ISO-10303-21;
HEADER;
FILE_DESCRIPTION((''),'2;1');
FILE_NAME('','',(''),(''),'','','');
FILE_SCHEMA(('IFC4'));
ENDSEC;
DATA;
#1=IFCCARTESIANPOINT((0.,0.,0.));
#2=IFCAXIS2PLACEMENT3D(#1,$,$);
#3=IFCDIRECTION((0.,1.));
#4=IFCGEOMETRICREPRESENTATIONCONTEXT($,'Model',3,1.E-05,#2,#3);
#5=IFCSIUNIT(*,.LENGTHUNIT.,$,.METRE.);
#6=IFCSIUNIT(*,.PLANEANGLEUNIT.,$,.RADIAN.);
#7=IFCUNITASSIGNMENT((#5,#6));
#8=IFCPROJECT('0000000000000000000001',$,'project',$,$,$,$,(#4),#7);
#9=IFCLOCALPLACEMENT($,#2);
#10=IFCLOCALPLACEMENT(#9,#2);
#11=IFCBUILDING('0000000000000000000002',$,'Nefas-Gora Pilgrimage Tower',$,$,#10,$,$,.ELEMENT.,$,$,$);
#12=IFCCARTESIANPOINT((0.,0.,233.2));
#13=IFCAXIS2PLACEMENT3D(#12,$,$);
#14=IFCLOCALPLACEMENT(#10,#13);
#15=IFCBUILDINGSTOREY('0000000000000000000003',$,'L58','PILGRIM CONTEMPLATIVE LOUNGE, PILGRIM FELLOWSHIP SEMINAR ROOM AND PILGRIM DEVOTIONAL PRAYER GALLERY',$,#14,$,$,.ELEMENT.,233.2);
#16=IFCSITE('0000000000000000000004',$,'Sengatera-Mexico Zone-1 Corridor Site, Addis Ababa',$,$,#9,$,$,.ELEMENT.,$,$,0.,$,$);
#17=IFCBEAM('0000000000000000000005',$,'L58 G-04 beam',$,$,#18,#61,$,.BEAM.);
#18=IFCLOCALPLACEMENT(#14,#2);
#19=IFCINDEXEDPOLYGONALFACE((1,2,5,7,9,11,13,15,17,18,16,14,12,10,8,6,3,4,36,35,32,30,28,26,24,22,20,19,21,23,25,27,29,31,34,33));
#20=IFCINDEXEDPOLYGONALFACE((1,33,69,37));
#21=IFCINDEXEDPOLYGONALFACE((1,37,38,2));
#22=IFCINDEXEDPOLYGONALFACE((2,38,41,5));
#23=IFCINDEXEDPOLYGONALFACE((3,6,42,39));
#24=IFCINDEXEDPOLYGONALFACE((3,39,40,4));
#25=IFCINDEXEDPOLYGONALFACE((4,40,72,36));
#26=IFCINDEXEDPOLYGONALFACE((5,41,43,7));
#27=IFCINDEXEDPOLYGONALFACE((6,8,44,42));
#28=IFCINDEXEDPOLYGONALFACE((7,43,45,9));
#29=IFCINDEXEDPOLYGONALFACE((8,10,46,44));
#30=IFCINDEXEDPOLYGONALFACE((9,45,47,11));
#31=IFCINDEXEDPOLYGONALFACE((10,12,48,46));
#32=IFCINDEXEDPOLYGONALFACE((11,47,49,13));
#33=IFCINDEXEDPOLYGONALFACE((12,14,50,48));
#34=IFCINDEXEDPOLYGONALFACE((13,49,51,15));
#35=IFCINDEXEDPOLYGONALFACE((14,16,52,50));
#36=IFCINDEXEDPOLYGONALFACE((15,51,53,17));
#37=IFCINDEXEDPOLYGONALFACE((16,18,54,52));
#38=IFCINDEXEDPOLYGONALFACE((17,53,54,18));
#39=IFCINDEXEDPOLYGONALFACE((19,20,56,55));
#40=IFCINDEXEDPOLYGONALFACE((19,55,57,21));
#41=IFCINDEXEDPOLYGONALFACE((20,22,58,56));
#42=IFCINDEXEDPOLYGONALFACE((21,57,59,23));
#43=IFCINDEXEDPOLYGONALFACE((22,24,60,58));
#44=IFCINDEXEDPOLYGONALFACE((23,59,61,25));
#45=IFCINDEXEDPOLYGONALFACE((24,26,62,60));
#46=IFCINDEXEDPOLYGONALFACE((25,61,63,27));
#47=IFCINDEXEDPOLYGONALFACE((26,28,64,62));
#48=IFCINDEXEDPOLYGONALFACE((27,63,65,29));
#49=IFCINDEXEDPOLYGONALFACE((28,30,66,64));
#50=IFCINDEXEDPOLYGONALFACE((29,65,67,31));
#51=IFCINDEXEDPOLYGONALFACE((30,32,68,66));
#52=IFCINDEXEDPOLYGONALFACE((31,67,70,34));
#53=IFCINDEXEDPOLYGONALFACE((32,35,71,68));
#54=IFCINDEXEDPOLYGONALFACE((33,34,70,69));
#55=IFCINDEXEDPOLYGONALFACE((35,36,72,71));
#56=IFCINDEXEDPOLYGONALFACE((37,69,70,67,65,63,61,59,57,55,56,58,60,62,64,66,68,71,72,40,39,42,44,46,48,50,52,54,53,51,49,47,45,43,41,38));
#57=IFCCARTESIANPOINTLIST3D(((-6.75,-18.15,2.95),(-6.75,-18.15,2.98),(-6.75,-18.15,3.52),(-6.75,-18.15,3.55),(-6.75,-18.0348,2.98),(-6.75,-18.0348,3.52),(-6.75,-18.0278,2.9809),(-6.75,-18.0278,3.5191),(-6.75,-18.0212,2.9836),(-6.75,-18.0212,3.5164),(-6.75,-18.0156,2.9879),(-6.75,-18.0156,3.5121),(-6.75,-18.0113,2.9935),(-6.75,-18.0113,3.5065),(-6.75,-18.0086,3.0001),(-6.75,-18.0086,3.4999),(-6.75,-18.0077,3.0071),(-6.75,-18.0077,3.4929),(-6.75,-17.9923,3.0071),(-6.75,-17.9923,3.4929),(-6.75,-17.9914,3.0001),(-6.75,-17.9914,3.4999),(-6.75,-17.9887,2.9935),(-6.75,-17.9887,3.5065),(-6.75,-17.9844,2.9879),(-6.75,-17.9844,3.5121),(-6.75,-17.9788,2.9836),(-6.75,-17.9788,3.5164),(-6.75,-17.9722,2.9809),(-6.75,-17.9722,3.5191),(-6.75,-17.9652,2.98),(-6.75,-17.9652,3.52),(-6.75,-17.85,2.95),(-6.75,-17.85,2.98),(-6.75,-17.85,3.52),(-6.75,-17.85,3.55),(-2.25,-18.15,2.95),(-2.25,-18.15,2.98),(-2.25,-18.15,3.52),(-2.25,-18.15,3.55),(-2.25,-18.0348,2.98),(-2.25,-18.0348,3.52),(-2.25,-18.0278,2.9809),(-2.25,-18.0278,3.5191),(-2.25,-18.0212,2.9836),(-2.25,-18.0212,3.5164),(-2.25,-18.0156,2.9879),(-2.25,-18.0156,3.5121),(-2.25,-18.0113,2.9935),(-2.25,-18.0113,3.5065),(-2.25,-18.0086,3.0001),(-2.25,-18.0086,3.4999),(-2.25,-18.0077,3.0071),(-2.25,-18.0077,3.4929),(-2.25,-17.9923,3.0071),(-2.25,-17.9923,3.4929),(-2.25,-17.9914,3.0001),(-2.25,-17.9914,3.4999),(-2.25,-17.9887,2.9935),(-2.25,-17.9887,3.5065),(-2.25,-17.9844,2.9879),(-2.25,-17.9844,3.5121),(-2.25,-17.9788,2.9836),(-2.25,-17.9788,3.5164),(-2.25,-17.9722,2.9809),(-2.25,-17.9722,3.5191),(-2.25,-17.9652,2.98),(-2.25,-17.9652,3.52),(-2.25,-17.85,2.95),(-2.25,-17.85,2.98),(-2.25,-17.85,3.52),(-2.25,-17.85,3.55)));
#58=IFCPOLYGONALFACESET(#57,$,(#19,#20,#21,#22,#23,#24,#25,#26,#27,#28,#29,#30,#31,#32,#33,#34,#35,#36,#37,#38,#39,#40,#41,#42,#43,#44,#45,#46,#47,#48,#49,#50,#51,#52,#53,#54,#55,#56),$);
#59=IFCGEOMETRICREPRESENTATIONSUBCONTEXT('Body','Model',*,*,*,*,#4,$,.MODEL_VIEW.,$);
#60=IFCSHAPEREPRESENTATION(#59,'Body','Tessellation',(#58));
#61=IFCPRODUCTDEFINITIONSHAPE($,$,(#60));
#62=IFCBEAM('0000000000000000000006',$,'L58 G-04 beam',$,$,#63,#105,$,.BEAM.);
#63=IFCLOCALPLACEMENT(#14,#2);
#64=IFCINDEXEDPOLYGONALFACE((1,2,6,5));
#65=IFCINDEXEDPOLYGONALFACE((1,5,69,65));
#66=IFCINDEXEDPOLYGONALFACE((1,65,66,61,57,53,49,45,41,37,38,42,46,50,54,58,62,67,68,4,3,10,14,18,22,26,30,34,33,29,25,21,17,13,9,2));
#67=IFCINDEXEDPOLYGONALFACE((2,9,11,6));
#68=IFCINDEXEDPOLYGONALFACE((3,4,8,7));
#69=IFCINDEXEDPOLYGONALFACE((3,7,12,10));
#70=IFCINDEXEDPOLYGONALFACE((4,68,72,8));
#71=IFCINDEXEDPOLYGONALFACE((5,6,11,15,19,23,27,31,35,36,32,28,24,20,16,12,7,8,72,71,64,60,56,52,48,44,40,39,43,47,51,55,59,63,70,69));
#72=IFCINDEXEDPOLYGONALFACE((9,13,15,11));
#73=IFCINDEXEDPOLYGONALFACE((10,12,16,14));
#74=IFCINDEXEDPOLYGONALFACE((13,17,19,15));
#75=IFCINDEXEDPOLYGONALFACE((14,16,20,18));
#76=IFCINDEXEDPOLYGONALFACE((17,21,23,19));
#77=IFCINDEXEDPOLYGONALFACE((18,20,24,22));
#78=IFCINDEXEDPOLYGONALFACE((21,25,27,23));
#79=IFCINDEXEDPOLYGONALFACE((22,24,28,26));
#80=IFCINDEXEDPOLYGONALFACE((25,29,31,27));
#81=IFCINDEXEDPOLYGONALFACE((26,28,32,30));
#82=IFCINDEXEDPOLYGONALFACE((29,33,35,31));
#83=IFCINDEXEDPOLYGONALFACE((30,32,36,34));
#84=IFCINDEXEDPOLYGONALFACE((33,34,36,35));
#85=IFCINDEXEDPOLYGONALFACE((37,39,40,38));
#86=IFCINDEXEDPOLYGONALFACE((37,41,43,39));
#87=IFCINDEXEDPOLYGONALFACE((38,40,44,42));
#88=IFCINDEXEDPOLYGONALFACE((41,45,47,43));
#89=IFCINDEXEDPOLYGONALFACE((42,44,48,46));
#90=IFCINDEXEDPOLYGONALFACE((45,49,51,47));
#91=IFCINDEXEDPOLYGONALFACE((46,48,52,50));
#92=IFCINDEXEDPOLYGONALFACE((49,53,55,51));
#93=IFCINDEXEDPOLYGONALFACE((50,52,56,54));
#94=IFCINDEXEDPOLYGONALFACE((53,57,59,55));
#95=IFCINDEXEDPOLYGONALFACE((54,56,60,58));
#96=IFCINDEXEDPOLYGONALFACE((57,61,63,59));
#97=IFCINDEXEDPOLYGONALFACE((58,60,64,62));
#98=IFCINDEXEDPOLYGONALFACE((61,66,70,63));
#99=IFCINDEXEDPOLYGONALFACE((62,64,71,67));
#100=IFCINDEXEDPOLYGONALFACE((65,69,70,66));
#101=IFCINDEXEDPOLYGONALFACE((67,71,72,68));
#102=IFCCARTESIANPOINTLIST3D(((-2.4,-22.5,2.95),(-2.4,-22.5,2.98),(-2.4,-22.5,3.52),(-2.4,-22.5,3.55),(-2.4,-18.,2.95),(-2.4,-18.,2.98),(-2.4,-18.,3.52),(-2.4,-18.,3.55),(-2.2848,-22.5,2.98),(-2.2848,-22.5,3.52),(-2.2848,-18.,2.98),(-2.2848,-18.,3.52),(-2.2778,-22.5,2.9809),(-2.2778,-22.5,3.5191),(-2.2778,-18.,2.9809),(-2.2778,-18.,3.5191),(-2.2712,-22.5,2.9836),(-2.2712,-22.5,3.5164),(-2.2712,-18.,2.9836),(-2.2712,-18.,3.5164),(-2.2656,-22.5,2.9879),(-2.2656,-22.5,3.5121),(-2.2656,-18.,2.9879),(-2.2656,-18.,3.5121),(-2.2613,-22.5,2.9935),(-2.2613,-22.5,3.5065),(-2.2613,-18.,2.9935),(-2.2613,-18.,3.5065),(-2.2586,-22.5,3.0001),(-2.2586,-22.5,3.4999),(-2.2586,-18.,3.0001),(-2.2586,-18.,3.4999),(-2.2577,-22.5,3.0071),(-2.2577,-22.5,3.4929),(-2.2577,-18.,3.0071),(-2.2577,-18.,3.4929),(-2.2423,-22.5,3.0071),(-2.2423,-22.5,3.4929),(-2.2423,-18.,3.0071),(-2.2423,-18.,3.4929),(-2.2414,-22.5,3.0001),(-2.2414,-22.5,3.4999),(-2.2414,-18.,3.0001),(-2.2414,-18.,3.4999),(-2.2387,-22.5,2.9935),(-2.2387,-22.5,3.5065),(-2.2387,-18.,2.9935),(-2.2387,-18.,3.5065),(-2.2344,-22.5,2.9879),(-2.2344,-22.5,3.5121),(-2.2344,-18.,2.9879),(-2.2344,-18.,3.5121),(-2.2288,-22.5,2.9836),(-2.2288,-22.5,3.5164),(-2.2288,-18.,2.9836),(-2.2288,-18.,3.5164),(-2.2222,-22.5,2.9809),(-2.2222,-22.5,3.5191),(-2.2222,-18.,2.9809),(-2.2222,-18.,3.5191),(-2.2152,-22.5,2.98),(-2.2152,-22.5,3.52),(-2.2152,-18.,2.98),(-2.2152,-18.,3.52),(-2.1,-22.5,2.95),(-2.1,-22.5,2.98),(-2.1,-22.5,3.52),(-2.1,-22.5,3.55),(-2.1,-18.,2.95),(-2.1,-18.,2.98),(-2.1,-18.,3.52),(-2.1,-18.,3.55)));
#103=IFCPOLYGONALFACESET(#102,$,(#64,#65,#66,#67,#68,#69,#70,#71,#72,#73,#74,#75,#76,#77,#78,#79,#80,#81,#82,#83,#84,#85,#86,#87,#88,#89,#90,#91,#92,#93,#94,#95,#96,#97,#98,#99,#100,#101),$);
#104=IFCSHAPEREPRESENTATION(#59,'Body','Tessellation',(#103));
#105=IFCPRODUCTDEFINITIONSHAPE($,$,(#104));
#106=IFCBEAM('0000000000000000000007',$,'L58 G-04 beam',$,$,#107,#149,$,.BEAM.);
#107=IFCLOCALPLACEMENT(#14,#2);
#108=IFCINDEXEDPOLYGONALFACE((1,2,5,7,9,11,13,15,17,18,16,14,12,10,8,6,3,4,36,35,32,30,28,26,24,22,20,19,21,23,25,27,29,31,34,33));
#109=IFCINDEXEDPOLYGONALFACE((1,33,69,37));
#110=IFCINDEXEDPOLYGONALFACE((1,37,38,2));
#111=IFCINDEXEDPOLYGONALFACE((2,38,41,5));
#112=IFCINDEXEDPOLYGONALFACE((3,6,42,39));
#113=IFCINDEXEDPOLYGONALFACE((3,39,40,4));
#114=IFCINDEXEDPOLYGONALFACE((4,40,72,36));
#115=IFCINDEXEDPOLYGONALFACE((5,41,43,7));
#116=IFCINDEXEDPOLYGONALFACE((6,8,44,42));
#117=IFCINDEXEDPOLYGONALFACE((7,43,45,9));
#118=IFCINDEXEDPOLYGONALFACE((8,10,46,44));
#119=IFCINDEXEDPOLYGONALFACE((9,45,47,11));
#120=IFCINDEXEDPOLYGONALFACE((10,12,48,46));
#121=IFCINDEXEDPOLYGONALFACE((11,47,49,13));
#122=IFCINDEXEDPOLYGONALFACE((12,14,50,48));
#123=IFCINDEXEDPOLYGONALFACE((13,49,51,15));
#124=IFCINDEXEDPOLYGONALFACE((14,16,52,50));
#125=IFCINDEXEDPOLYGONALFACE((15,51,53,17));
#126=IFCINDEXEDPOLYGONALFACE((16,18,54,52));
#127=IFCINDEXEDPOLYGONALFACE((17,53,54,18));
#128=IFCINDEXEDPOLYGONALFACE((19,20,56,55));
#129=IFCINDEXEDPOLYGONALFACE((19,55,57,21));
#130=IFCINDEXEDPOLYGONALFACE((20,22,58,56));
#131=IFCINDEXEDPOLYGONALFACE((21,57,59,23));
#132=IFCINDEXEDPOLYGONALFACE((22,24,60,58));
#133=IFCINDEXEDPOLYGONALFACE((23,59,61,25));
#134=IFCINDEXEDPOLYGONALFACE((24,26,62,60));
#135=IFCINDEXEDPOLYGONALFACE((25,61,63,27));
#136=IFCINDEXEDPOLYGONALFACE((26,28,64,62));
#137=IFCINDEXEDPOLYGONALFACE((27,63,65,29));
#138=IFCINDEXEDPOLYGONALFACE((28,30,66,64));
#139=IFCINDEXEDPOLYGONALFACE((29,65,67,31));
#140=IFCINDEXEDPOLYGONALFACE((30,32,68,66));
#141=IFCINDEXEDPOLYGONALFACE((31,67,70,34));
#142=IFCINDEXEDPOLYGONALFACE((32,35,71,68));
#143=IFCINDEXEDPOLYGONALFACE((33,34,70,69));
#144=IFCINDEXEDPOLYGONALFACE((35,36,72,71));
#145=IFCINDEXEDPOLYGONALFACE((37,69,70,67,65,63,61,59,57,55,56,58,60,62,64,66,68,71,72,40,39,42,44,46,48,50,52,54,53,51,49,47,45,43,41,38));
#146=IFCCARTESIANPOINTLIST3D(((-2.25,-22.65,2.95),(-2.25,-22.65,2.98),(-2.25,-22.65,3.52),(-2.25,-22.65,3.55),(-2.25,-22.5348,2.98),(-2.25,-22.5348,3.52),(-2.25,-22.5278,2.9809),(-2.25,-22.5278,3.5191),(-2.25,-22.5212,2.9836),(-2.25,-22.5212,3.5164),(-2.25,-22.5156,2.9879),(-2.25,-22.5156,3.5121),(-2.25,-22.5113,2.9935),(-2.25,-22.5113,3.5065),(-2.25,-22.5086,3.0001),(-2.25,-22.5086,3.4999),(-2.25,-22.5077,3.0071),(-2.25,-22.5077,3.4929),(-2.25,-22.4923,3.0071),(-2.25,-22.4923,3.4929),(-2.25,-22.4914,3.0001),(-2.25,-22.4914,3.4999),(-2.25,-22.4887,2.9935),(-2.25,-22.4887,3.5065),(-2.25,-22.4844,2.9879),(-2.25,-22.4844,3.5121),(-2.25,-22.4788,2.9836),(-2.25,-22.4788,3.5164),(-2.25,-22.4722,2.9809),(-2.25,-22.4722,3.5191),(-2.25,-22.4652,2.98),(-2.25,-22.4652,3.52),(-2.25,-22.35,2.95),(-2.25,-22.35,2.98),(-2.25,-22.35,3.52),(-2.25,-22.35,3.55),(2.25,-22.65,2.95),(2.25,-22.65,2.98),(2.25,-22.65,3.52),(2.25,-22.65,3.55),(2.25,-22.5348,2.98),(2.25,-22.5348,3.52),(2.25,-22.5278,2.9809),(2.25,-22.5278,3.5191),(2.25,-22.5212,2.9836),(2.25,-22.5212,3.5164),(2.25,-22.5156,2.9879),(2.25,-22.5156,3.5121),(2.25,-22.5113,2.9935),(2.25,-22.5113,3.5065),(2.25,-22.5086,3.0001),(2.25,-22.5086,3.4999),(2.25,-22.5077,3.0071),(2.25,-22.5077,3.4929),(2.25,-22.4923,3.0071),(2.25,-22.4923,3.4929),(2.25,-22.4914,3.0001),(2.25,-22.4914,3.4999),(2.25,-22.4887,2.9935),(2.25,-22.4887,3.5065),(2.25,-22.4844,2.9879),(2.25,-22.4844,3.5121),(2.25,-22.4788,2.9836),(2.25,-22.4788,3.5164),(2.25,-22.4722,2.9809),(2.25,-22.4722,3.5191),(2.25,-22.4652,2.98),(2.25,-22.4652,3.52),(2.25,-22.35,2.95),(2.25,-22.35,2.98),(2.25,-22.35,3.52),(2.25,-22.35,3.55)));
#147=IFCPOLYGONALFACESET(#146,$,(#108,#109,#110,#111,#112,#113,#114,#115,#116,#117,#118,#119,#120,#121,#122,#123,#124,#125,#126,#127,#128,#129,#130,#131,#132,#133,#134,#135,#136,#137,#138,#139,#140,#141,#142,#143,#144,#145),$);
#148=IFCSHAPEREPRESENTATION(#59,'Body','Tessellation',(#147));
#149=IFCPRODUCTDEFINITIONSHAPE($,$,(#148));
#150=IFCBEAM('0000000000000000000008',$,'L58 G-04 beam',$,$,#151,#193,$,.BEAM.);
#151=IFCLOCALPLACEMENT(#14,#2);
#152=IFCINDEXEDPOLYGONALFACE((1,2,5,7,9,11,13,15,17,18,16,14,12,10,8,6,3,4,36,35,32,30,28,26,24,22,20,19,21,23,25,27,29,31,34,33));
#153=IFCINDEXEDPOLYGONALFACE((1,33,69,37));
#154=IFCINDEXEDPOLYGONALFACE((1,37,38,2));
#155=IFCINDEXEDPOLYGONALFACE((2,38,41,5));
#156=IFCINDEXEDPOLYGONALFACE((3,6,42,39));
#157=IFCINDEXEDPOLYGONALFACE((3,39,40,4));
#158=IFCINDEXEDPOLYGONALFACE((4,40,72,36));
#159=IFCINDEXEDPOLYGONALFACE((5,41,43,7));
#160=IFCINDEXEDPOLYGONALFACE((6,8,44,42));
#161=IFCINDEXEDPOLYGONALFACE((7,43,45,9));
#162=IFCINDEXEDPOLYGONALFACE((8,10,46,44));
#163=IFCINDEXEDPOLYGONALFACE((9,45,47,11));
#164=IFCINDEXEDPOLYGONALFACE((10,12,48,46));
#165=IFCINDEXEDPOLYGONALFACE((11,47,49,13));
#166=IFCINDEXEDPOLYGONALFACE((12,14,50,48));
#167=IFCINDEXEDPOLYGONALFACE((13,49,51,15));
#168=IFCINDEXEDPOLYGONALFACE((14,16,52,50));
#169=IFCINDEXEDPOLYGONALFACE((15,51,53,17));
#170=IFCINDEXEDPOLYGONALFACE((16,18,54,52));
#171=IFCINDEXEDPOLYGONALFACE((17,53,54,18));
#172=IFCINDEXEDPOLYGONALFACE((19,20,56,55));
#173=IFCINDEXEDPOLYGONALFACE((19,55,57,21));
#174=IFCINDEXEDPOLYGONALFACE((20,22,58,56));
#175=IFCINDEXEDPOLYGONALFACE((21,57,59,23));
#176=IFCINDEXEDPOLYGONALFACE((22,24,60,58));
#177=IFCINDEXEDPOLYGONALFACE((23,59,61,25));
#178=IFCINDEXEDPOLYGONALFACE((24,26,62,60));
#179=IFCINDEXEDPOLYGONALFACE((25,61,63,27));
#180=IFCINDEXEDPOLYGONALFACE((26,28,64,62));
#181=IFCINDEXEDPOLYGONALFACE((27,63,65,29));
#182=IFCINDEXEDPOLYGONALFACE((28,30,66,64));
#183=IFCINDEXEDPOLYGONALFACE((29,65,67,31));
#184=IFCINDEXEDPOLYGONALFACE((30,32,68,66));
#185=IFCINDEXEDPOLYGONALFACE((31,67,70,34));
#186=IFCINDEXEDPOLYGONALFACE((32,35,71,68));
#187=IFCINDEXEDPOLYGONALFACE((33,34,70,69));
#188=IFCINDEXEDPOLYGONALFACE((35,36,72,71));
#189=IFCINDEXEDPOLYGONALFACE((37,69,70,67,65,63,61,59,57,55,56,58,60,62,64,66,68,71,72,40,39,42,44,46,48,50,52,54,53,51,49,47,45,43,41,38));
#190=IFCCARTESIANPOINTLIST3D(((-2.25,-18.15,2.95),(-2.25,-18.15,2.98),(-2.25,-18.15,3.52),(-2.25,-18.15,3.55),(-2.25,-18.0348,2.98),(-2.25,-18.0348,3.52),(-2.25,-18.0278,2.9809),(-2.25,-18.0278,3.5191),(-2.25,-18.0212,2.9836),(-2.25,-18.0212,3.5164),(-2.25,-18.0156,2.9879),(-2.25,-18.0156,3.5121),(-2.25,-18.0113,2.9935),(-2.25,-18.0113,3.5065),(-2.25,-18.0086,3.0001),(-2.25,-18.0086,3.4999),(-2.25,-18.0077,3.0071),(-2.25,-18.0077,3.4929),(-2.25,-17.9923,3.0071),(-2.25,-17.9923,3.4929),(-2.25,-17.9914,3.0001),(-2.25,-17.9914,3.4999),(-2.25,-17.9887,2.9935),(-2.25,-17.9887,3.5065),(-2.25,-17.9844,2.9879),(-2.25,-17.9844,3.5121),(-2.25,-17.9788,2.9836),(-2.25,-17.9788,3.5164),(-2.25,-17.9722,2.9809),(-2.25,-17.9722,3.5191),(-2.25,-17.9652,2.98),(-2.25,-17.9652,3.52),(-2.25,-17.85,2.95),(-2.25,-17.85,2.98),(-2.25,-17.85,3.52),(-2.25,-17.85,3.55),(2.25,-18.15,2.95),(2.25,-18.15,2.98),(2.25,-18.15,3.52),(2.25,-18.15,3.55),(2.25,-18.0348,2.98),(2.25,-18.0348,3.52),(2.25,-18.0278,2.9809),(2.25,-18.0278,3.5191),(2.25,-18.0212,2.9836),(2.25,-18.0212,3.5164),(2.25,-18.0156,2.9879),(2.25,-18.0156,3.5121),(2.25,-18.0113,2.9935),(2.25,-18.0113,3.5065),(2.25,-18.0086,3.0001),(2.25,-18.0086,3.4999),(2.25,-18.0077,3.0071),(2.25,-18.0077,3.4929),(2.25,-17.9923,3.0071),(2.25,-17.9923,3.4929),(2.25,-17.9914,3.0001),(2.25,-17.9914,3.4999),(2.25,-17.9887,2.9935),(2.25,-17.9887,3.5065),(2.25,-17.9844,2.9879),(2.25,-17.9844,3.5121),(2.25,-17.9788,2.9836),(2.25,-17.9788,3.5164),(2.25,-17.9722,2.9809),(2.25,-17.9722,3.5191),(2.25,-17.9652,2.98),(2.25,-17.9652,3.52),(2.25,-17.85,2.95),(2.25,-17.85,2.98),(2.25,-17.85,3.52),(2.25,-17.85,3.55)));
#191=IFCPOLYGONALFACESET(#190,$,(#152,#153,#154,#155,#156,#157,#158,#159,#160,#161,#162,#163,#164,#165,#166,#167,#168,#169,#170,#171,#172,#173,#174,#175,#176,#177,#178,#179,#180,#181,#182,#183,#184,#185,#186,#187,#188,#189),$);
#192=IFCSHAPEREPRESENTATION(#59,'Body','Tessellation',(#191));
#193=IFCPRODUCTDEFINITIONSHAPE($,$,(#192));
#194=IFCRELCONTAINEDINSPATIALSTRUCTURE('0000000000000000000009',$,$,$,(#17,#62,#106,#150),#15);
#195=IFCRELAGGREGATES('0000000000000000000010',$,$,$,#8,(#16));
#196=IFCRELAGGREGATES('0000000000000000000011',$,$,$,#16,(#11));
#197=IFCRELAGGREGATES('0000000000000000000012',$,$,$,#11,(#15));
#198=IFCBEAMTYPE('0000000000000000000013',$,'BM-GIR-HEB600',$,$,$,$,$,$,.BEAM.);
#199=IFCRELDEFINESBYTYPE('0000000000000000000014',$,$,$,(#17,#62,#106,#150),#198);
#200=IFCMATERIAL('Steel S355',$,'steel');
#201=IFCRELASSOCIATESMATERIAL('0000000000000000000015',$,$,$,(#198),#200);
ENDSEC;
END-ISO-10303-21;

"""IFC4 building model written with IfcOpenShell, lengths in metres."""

from ifc_helpers import new_model, si_unit, direction, frame, origin, origin_2d, place, context, subcontext, project, spatial, i_section, extrude, source, transform, mapped, material, material_profile, profile_set, type_object, element, save


model = new_model("IFC4")

# Units and contexts
model_context = context("Model", 3, precision=1e-05, world=origin(), true_north=direction((0.0, 1.0)))
body_context = subcontext(model_context, "Body", "Model", "MODEL_VIEW")
ifc_project = project(units=[si_unit("LENGTHUNIT", "METRE"), si_unit("PLANEANGLEUNIT", "RADIAN")], contexts=[model_context])

# Site, building, storey
site_placement = place(None, origin())
site = spatial("IfcSite", under=ifc_project, at=site_placement, Name="Sengatera-Mexico Zone-1 Corridor Site, Addis Ababa", CompositionType="ELEMENT", RefElevation=0.0)
building_placement = place(site_placement, origin())
building = spatial("IfcBuilding", under=site, at=building_placement, Name="Nefas-Gora Pilgrimage Tower", CompositionType="ELEMENT")
storey_placement = place(building_placement, frame((0.0, 0.0, 233.2)))
storey = spatial("IfcBuildingStorey", under=building, at=storey_placement, Name="L58", Description="PILGRIM CONTEMPLATIVE LOUNGE, PILGRIM FELLOWSHIP SEMINAR ROOM AND PILGRIM DEVOTIONAL PRAYER GALLERY", CompositionType="ELEMENT", Elevation=233.2)

# Beams
ifc_material_1 = material(Name="Steel S355", Category="steel")
ifc_material_profile_1 = material_profile(ifc_material_1, i_section(OverallWidth=0.3, OverallDepth=0.6001, WebThickness=0.0154, FlangeThickness=0.03, FilletRadius=0.0271, at=origin_2d()), Name="HEB 600")
ifc_profile_set_1 = profile_set([ifc_material_profile_1], Name="Steel S355")
beam_type = type_object("IfcBeamType", Name="BM-GIR-HEB600", PredefinedType="BEAM", material=ifc_profile_set_1)
shared_shape_1 = source(origin(), body_context, "Body", "SweptSolid", [
    extrude(i_section(OverallWidth=0.3, OverallDepth=0.6001, WebThickness=0.0154, FlangeThickness=0.03, FilletRadius=0.0271, at=origin_2d()), origin(), (0.0, 0.0, 1.0), 4.5),
])
for number, where, z_axis, x_axis, name in (
    (1, (-6.75, -18.0, 3.25), (1.0, 0.0, 0.0), (0.0, 1.0, 0.0), "L58 G-04 beam"),
    (2, (-2.25, -22.5, 3.25), (0.0, 1.0, 0.0), (-1.0, 0.0, 0.0), "L58 G-04 beam"),
    (3, (-2.25, -22.5, 3.25), (1.0, 0.0, 0.0), (0.0, 1.0, 0.0), "L58 G-04 beam"),
    (4, (-2.25, -18.0, 3.25), (1.0, 0.0, 0.0), (0.0, 1.0, 0.0), "L58 G-04 beam"),
):
    element("IfcBeam", number, at=place(storey_placement, frame(where, z_axis=z_axis, x_axis=x_axis)), inside=storey, type_object=beam_type, Name=name, PredefinedType="BEAM", context=body_context, shape_type="MappedRepresentation", body=[
        mapped(shared_shape_1, transform((0.0, 0.0, 0.0), x_axis=(1.0, 0.0, 0.0), y_axis=(0.0, 1.0, 0.0), z_axis=(0.0, 0.0, 1.0), scale=1.0)),
    ])

save(model, "model.ifc")
